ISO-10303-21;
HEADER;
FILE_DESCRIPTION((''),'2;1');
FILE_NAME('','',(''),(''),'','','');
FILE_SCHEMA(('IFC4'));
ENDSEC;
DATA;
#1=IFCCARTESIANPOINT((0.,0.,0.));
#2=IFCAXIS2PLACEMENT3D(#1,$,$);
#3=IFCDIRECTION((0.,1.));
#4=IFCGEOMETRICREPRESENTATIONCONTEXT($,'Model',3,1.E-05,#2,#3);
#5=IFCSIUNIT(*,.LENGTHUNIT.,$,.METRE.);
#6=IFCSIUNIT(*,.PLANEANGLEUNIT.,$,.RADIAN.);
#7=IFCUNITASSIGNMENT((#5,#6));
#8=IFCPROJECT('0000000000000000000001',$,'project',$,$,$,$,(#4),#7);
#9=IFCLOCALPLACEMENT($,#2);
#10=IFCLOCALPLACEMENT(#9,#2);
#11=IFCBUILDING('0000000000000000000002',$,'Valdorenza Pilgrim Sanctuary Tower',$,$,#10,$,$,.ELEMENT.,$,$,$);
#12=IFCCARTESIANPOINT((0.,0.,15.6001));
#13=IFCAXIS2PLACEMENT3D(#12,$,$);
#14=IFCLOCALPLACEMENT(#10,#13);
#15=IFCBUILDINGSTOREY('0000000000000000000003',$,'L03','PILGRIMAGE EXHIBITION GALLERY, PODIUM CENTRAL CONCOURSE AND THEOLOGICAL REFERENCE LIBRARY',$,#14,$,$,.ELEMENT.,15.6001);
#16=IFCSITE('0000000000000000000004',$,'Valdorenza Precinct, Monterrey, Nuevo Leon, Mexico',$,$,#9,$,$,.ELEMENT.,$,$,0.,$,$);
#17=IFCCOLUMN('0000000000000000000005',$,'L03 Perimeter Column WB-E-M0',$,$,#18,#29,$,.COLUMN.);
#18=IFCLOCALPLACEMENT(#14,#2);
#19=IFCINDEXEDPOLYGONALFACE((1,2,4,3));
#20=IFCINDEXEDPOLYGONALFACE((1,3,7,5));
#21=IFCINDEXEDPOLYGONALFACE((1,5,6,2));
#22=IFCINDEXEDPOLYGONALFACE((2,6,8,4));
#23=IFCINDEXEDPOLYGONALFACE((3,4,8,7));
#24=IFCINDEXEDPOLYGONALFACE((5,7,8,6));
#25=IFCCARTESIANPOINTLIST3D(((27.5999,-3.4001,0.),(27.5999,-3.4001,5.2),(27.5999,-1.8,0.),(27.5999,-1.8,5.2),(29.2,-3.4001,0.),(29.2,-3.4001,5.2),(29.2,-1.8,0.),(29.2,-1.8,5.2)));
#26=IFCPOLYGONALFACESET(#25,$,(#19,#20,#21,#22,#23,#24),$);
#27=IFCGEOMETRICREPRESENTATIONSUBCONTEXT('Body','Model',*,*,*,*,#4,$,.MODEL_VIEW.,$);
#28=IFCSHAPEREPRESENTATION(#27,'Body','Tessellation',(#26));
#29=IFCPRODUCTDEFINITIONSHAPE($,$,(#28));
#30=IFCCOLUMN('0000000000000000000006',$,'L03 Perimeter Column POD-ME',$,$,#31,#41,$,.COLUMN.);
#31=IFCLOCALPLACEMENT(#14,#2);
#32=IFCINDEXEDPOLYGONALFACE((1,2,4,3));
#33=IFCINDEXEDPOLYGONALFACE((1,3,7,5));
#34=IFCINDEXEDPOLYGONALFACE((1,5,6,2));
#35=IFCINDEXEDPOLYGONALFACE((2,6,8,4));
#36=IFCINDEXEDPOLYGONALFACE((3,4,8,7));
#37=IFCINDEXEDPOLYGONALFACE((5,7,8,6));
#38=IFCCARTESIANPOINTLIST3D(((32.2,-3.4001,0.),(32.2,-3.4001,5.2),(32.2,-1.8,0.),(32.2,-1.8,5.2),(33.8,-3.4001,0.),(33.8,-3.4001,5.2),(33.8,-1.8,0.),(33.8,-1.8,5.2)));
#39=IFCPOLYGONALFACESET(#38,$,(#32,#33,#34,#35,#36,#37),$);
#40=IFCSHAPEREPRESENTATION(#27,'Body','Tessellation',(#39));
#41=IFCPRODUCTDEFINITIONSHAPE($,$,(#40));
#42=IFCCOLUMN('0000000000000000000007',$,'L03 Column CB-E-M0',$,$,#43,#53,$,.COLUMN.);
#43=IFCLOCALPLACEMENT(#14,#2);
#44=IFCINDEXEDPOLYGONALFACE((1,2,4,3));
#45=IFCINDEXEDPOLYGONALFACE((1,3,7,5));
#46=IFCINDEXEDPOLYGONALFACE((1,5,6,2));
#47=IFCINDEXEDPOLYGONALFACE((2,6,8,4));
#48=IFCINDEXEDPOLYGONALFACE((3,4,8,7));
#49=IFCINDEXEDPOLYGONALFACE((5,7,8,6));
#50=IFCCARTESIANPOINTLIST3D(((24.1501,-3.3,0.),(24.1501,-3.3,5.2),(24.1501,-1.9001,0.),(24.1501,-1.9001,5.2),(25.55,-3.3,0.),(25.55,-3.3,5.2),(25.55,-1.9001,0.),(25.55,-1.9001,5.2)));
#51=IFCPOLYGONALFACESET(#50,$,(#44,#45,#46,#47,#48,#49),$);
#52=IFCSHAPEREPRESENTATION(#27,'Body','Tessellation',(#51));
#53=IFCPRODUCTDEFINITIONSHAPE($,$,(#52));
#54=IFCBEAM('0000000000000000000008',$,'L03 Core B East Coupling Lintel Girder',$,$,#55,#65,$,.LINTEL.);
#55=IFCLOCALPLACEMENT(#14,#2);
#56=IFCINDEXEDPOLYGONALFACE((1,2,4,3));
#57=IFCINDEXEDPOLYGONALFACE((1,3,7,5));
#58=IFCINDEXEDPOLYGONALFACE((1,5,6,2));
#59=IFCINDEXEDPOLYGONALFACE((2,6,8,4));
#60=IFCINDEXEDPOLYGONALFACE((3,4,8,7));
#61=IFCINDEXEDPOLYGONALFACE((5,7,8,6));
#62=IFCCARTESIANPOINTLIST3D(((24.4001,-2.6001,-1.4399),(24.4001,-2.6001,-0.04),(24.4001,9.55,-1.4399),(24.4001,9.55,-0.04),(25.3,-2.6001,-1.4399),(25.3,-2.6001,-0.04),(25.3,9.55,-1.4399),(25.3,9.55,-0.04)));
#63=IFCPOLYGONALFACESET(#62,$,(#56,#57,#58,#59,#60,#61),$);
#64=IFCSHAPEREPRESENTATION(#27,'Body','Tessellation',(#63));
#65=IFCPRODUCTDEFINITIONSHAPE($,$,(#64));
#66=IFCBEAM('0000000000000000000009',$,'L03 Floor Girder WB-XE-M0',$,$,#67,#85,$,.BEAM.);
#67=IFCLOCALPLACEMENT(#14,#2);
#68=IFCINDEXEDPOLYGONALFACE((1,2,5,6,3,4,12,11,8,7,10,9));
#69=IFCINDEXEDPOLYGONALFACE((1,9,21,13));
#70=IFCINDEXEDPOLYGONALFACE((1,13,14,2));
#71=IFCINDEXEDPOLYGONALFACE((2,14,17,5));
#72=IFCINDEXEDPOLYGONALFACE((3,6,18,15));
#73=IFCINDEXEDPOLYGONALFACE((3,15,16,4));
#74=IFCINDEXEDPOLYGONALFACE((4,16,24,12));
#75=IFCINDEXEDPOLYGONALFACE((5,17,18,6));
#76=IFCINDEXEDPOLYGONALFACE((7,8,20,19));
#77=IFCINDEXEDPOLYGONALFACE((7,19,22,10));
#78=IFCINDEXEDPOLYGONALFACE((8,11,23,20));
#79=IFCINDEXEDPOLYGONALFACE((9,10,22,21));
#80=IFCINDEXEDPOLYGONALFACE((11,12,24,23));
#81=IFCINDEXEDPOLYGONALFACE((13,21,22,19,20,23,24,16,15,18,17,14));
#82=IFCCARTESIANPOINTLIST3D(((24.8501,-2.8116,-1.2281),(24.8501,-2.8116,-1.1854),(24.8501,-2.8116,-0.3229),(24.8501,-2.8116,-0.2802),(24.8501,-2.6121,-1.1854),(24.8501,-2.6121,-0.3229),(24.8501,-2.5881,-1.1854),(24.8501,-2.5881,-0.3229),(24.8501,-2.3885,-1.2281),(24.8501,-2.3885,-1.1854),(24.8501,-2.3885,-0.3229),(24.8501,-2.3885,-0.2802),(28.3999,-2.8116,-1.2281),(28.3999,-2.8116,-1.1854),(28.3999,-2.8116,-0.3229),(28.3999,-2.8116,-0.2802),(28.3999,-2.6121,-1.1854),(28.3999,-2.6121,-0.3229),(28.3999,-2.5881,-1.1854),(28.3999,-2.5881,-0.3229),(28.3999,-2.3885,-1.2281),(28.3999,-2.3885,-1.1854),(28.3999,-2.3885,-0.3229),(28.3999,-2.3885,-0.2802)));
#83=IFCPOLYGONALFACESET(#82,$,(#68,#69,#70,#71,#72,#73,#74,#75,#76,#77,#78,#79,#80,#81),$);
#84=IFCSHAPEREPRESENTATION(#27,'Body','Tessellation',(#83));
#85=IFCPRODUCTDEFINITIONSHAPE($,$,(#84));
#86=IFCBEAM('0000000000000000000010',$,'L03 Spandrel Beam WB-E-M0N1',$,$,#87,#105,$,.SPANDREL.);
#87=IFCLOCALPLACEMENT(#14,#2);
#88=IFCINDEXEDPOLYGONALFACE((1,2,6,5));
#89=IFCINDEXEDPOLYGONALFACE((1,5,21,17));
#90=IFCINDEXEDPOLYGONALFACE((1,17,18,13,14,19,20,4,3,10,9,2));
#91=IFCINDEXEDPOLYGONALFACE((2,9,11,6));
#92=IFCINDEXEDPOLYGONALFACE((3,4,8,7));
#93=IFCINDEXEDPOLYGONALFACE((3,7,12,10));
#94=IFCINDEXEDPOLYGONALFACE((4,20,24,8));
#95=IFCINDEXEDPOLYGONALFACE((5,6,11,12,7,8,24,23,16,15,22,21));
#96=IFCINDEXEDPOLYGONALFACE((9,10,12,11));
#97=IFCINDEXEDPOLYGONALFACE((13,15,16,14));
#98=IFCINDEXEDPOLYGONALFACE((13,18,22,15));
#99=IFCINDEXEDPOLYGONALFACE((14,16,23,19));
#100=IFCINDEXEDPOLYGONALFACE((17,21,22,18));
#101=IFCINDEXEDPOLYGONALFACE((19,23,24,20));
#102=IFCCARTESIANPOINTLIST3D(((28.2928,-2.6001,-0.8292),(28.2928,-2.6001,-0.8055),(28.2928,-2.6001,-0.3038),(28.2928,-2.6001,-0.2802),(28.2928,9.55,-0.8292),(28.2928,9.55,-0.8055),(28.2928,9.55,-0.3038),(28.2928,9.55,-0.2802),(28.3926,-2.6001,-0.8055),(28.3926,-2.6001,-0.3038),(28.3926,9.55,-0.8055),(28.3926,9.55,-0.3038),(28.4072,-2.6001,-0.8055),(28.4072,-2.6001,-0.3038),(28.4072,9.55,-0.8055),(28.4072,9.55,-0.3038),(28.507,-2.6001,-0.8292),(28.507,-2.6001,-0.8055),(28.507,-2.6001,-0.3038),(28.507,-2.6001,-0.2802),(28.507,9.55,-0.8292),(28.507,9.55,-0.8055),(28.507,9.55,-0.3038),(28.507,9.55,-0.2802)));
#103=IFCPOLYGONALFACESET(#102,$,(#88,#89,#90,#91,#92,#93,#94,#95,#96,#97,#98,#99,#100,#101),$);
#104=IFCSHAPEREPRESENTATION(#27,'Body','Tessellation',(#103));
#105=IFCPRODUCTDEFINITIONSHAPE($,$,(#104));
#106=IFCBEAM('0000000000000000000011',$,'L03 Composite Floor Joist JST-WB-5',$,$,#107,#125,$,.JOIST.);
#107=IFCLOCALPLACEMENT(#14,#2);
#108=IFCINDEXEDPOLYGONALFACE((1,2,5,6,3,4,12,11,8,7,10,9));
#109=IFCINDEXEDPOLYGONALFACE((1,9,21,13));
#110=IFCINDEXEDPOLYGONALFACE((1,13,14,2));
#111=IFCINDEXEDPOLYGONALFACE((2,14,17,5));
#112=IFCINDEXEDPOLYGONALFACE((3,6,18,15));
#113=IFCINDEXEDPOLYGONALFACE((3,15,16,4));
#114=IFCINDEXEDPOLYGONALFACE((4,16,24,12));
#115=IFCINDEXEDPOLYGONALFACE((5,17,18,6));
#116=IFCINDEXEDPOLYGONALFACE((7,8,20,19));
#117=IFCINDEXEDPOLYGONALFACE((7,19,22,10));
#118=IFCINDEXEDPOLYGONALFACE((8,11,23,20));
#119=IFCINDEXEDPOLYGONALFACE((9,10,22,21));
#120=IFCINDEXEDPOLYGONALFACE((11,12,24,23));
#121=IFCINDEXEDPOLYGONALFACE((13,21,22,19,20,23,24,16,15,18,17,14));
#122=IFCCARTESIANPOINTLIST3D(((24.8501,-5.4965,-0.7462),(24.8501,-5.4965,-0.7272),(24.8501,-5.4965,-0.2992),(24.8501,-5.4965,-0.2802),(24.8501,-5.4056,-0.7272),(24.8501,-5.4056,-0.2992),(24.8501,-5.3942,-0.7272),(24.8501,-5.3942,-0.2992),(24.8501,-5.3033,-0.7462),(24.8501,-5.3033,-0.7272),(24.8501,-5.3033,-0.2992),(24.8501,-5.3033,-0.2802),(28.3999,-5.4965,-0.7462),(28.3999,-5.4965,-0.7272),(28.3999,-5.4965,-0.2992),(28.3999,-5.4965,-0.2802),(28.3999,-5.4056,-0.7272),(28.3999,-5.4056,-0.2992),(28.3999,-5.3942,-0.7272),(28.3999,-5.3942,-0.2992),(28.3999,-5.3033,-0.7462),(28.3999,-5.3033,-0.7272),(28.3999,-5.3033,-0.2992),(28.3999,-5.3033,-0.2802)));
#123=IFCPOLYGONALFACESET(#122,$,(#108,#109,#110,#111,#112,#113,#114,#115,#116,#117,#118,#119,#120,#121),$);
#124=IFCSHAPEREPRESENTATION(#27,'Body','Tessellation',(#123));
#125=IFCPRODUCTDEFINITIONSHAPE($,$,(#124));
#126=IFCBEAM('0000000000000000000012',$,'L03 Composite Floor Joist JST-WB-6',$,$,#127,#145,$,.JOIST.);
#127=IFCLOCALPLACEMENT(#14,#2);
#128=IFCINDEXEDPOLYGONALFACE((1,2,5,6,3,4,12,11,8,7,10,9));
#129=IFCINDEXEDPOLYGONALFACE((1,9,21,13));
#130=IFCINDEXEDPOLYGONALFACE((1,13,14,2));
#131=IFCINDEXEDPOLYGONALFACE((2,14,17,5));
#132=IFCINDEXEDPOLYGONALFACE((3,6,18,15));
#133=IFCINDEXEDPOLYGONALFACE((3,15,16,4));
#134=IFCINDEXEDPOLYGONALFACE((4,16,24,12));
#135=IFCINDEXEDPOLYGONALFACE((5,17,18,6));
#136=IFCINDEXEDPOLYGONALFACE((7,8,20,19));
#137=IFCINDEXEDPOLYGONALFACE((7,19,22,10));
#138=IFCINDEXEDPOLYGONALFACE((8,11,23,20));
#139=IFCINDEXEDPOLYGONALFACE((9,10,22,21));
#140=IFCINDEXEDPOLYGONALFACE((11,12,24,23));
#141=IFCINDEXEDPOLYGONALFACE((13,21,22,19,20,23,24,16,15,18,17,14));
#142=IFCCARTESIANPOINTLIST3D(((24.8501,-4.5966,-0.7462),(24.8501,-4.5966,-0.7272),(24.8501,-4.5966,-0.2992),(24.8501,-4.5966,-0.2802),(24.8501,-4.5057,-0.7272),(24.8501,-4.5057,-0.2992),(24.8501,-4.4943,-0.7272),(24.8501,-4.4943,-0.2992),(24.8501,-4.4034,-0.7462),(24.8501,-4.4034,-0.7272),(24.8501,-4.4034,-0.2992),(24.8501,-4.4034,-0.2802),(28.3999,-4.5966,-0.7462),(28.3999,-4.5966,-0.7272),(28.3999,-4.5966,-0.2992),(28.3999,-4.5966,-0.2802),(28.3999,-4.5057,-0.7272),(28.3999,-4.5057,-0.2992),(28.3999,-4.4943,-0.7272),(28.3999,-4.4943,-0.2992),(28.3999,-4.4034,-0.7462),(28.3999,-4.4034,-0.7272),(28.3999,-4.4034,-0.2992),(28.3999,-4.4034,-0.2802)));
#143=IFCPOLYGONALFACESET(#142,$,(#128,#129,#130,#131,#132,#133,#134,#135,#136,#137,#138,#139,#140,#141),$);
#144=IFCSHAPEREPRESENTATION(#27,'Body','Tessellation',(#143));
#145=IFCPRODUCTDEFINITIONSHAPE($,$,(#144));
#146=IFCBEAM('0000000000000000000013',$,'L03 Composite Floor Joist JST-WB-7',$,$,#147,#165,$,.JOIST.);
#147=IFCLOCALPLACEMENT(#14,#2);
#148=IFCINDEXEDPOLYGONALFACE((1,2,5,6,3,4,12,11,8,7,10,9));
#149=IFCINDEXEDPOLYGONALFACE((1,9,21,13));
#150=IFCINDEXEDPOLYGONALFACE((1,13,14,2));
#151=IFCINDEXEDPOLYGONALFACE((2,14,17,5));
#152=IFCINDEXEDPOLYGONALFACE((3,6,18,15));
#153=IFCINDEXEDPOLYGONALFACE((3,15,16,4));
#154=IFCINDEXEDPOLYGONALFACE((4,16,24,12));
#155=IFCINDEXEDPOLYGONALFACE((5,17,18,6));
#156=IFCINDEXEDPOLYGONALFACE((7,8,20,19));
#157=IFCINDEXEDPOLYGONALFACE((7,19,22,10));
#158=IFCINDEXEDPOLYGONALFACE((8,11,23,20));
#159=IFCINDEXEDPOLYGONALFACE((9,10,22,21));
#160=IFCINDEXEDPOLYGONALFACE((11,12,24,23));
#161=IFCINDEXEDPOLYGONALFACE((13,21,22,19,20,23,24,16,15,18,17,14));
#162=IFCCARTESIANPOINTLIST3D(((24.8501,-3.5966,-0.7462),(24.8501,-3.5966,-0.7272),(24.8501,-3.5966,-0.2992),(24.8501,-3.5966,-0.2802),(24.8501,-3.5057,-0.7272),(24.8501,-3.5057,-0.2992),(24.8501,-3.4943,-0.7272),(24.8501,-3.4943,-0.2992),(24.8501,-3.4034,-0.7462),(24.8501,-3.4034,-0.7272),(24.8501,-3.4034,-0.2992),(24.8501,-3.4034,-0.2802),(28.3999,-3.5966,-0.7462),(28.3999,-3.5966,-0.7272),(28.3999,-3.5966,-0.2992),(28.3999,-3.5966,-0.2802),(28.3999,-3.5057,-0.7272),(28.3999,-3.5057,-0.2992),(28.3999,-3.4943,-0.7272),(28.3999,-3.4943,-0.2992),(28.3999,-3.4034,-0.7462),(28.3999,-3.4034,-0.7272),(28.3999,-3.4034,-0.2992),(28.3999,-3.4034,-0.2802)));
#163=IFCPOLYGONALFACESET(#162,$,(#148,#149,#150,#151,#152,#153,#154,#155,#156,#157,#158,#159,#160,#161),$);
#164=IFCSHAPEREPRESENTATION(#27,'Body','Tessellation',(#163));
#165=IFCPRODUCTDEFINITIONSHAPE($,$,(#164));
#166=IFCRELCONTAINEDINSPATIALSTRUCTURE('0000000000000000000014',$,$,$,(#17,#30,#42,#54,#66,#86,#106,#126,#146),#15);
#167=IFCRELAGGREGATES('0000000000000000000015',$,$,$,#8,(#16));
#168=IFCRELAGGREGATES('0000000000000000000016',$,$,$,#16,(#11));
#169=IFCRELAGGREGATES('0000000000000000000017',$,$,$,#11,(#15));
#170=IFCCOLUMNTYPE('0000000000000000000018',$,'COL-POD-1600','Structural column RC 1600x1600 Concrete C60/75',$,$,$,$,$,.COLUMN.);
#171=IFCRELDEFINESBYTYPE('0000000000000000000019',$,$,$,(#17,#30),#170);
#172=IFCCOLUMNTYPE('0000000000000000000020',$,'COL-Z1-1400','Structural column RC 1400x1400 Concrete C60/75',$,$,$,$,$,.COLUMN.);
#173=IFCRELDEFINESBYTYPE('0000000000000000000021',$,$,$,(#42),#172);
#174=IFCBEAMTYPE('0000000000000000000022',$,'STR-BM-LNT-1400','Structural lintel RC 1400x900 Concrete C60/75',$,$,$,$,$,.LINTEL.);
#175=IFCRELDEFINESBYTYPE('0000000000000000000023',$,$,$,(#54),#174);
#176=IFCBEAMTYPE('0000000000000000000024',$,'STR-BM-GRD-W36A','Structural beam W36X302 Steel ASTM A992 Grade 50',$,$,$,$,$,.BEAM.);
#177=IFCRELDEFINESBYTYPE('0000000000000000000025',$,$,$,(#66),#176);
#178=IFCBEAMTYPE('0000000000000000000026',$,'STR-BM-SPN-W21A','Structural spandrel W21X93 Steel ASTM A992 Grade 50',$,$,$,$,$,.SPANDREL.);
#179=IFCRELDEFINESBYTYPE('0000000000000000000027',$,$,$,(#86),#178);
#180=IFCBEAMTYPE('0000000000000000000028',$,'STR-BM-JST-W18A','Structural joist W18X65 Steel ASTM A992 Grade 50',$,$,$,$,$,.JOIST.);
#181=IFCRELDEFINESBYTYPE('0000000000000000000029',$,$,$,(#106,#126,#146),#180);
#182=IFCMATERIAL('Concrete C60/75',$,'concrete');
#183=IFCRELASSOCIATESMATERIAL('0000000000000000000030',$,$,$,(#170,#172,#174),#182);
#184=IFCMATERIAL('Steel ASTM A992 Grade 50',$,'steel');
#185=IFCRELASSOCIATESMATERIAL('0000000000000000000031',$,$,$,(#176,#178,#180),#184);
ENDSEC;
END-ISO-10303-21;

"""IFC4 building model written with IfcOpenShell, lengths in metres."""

from ifc_helpers import new_model, si_unit, direction, frame, origin, origin_2d, place, context, subcontext, project, spatial, rectangle, i_section, extrude, source, transform, mapped, material, material_profile, profile_set, type_object, element, save


model = new_model("IFC4")

# Units and contexts
model_context = context("Model", 3, precision=1e-05, world=origin(), true_north=direction((0.0, 1.0)))
body_context = subcontext(model_context, "Body", "Model", "MODEL_VIEW")
ifc_project = project(units=[si_unit("LENGTHUNIT", "METRE"), si_unit("PLANEANGLEUNIT", "RADIAN")], contexts=[model_context])

# Site, building, storey
site_placement = place(None, origin())
site = spatial("IfcSite", under=ifc_project, at=site_placement, Name="Valdorenza Precinct, Monterrey, Nuevo Leon, Mexico", CompositionType="ELEMENT", RefElevation=0.0)
building_placement = place(site_placement, origin())
building = spatial("IfcBuilding", under=site, at=building_placement, Name="Valdorenza Pilgrim Sanctuary Tower", CompositionType="ELEMENT")
storey_placement = place(building_placement, frame((0.0, 0.0, 15.6001)))
storey = spatial("IfcBuildingStorey", under=building, at=storey_placement, Name="L03", Description="PILGRIMAGE EXHIBITION GALLERY, PODIUM CENTRAL CONCOURSE AND THEOLOGICAL REFERENCE LIBRARY", CompositionType="ELEMENT", Elevation=15.6001)

# Columns
ifc_material_1 = material(Name="Concrete C60/75", Category="concrete")
ifc_material_profile_1 = material_profile(ifc_material_1, rectangle(XDim=1.6001, YDim=1.6001, at=origin_2d()), Name="RC 1600x1600")
ifc_profile_set_1 = profile_set([ifc_material_profile_1], Name="Concrete C60/75")
column_type_1 = type_object("IfcColumnType", Name="COL-POD-1600", Description="Structural column RC 1600x1600 Concrete C60/75", PredefinedType="COLUMN", material=ifc_profile_set_1)
shared_shape_1 = source(origin(), body_context, "Body", "SweptSolid", [
    extrude(rectangle(XDim=1.6001, YDim=1.6001, at=origin_2d()), origin(), (0.0, 0.0, 1.0), 5.2),
])
for number, where, z_axis, x_axis, name in (
    (1, (28.3999, -2.6001, 0.0), (0.0, 0.0, 1.0), (1.0, 0.0, 0.0), "L03 Perimeter Column WB-E-M0"),
    (2, (33.0, -2.6001, 0.0), (0.0, 0.0, 1.0), (1.0, 0.0, 0.0), "L03 Perimeter Column POD-ME"),
):
    element("IfcColumn", number, at=place(storey_placement, frame(where, z_axis=z_axis, x_axis=x_axis)), inside=storey, type_object=column_type_1, Name=name, PredefinedType="COLUMN", context=body_context, shape_type="MappedRepresentation", body=[
        mapped(shared_shape_1, transform((0.0, 0.0, 0.0), x_axis=(1.0, 0.0, 0.0), y_axis=(0.0, 1.0, 0.0), z_axis=(0.0, 0.0, 1.0), scale=1.0)),
    ])
ifc_material_profile_2 = material_profile(ifc_material_1, rectangle(XDim=1.3999, YDim=1.3999, at=origin_2d()), Name="RC 1400x1400")
ifc_profile_set_2 = profile_set([ifc_material_profile_2], Name="Concrete C60/75")
column_type_2 = type_object("IfcColumnType", Name="COL-Z1-1400", Description="Structural column RC 1400x1400 Concrete C60/75", PredefinedType="COLUMN", material=ifc_profile_set_2)
shared_shape_2 = source(origin(), body_context, "Body", "SweptSolid", [
    extrude(rectangle(XDim=1.3999, YDim=1.3999, at=origin_2d()), origin(), (0.0, 0.0, 1.0), 5.2),
])
column_placement = place(storey_placement, frame((24.8501, -2.6001, 0.0), z_axis=(0.0, 0.0, 1.0), x_axis=(1.0, 0.0, 0.0)))
element("IfcColumn", 3, at=column_placement, inside=storey, type_object=column_type_2, Name="L03 Column CB-E-M0", PredefinedType="COLUMN", context=body_context, shape_type="MappedRepresentation", body=[
    mapped(shared_shape_2, transform((0.0, 0.0, 0.0), x_axis=(1.0, 0.0, 0.0), y_axis=(0.0, 1.0, 0.0), z_axis=(0.0, 0.0, 1.0), scale=1.0)),
])

# Beams
ifc_material_profile_3 = material_profile(ifc_material_1, rectangle(XDim=0.8999, YDim=1.3999, at=origin_2d()), Name="RC 1400x900")
ifc_profile_set_3 = profile_set([ifc_material_profile_3], Name="Concrete C60/75")
beam_type_1 = type_object("IfcBeamType", Name="STR-BM-LNT-1400", Description="Structural lintel RC 1400x900 Concrete C60/75", PredefinedType="LINTEL", material=ifc_profile_set_3)
shared_shape_3 = source(origin(), body_context, "Body", "SweptSolid", [
    extrude(rectangle(XDim=0.8999, YDim=1.3999, at=origin_2d()), origin(), (0.0, 0.0, 1.0), 12.1501),
])
beam_1_placement = place(storey_placement, frame((24.8501, -2.6001, -0.74), z_axis=(0.0, 1.0, 0.0), x_axis=(-1.0, 0.0, 0.0)))
element("IfcBeam", 4, at=beam_1_placement, inside=storey, type_object=beam_type_1, Name="L03 Core B East Coupling Lintel Girder", PredefinedType="LINTEL", context=body_context, shape_type="MappedRepresentation", body=[
    mapped(shared_shape_3, transform((0.0, 0.0, 0.0), x_axis=(1.0, 0.0, 0.0), y_axis=(0.0, 1.0, 0.0), z_axis=(0.0, 0.0, 1.0), scale=1.0)),
])
ifc_material_2 = material(Name="Steel ASTM A992 Grade 50", Category="steel")
ifc_material_profile_4 = material_profile(ifc_material_2, i_section(OverallWidth=0.4231, OverallDepth=0.948, WebThickness=0.0239, FlangeThickness=0.0427, at=origin_2d()), Name="W36X302")
ifc_profile_set_4 = profile_set([ifc_material_profile_4], Name="Steel ASTM A992 Grade 50")
beam_type_2 = type_object("IfcBeamType", Name="STR-BM-GRD-W36A", Description="Structural beam W36X302 Steel ASTM A992 Grade 50", PredefinedType="BEAM", material=ifc_profile_set_4)
shared_shape_4 = source(origin(), body_context, "Body", "SweptSolid", [
    extrude(i_section(OverallWidth=0.4231, OverallDepth=0.948, WebThickness=0.0239, FlangeThickness=0.0427, at=origin_2d()), origin(), (0.0, 0.0, 1.0), 3.5498),
])
beam_2_placement = place(storey_placement, frame((24.8501, -2.6001, -0.7542), z_axis=(1.0, 0.0, 0.0), x_axis=(0.0, 1.0, 0.0)))
element("IfcBeam", 5, at=beam_2_placement, inside=storey, type_object=beam_type_2, Name="L03 Floor Girder WB-XE-M0", PredefinedType="BEAM", context=body_context, shape_type="MappedRepresentation", body=[
    mapped(shared_shape_4, transform((0.0, 0.0, 0.0), x_axis=(1.0, 0.0, 0.0), y_axis=(0.0, 1.0, 0.0), z_axis=(0.0, 0.0, 1.0), scale=1.0)),
])
ifc_material_profile_5 = material_profile(ifc_material_2, i_section(OverallWidth=0.2141, OverallDepth=0.5491, WebThickness=0.0146, FlangeThickness=0.0237, at=origin_2d()), Name="W21X93")
ifc_profile_set_5 = profile_set([ifc_material_profile_5], Name="Steel ASTM A992 Grade 50")
beam_type_3 = type_object("IfcBeamType", Name="STR-BM-SPN-W21A", Description="Structural spandrel W21X93 Steel ASTM A992 Grade 50", PredefinedType="SPANDREL", material=ifc_profile_set_5)
shared_shape_5 = source(origin(), body_context, "Body", "SweptSolid", [
    extrude(i_section(OverallWidth=0.2141, OverallDepth=0.5491, WebThickness=0.0146, FlangeThickness=0.0237, at=origin_2d()), origin(), (0.0, 0.0, 1.0), 12.1501),
])
beam_3_placement = place(storey_placement, frame((28.3999, -2.6001, -0.5547), z_axis=(0.0, 1.0, 0.0), x_axis=(-1.0, 0.0, 0.0)))
element("IfcBeam", 6, at=beam_3_placement, inside=storey, type_object=beam_type_3, Name="L03 Spandrel Beam WB-E-M0N1", PredefinedType="SPANDREL", context=body_context, shape_type="MappedRepresentation", body=[
    mapped(shared_shape_5, transform((0.0, 0.0, 0.0), x_axis=(1.0, 0.0, 0.0), y_axis=(0.0, 1.0, 0.0), z_axis=(0.0, 0.0, 1.0), scale=1.0)),
])
ifc_material_profile_6 = material_profile(ifc_material_2, i_section(OverallWidth=0.1931, OverallDepth=0.4661, WebThickness=0.0115, FlangeThickness=0.019, at=origin_2d()), Name="W18X65")
ifc_profile_set_6 = profile_set([ifc_material_profile_6], Name="Steel ASTM A992 Grade 50")
beam_type_4 = type_object("IfcBeamType", Name="STR-BM-JST-W18A", Description="Structural joist W18X65 Steel ASTM A992 Grade 50", PredefinedType="JOIST", material=ifc_profile_set_6)
shared_shape_6 = source(origin(), body_context, "Body", "SweptSolid", [
    extrude(i_section(OverallWidth=0.1931, OverallDepth=0.4661, WebThickness=0.0115, FlangeThickness=0.019, at=origin_2d()), origin(), (0.0, 0.0, 1.0), 3.5498),
])
for number, where, z_axis, x_axis, name in (
    (7, (24.8501, -5.3999, -0.5132), (1.0, 0.0, 0.0), (0.0, 1.0, 0.0), "L03 Composite Floor Joist JST-WB-5"),
    (8, (24.8501, -4.5, -0.5132), (1.0, 0.0, 0.0), (0.0, 1.0, 0.0), "L03 Composite Floor Joist JST-WB-6"),
    (9, (24.8501, -3.5, -0.5132), (1.0, 0.0, 0.0), (0.0, 1.0, 0.0), "L03 Composite Floor Joist JST-WB-7"),
):
    element("IfcBeam", number, at=place(storey_placement, frame(where, z_axis=z_axis, x_axis=x_axis)), inside=storey, type_object=beam_type_4, Name=name, PredefinedType="JOIST", context=body_context, shape_type="MappedRepresentation", body=[
        mapped(shared_shape_6, transform((0.0, 0.0, 0.0), x_axis=(1.0, 0.0, 0.0), y_axis=(0.0, 1.0, 0.0), z_axis=(0.0, 0.0, 1.0), scale=1.0)),
    ])

save(model, "model.ifc")
